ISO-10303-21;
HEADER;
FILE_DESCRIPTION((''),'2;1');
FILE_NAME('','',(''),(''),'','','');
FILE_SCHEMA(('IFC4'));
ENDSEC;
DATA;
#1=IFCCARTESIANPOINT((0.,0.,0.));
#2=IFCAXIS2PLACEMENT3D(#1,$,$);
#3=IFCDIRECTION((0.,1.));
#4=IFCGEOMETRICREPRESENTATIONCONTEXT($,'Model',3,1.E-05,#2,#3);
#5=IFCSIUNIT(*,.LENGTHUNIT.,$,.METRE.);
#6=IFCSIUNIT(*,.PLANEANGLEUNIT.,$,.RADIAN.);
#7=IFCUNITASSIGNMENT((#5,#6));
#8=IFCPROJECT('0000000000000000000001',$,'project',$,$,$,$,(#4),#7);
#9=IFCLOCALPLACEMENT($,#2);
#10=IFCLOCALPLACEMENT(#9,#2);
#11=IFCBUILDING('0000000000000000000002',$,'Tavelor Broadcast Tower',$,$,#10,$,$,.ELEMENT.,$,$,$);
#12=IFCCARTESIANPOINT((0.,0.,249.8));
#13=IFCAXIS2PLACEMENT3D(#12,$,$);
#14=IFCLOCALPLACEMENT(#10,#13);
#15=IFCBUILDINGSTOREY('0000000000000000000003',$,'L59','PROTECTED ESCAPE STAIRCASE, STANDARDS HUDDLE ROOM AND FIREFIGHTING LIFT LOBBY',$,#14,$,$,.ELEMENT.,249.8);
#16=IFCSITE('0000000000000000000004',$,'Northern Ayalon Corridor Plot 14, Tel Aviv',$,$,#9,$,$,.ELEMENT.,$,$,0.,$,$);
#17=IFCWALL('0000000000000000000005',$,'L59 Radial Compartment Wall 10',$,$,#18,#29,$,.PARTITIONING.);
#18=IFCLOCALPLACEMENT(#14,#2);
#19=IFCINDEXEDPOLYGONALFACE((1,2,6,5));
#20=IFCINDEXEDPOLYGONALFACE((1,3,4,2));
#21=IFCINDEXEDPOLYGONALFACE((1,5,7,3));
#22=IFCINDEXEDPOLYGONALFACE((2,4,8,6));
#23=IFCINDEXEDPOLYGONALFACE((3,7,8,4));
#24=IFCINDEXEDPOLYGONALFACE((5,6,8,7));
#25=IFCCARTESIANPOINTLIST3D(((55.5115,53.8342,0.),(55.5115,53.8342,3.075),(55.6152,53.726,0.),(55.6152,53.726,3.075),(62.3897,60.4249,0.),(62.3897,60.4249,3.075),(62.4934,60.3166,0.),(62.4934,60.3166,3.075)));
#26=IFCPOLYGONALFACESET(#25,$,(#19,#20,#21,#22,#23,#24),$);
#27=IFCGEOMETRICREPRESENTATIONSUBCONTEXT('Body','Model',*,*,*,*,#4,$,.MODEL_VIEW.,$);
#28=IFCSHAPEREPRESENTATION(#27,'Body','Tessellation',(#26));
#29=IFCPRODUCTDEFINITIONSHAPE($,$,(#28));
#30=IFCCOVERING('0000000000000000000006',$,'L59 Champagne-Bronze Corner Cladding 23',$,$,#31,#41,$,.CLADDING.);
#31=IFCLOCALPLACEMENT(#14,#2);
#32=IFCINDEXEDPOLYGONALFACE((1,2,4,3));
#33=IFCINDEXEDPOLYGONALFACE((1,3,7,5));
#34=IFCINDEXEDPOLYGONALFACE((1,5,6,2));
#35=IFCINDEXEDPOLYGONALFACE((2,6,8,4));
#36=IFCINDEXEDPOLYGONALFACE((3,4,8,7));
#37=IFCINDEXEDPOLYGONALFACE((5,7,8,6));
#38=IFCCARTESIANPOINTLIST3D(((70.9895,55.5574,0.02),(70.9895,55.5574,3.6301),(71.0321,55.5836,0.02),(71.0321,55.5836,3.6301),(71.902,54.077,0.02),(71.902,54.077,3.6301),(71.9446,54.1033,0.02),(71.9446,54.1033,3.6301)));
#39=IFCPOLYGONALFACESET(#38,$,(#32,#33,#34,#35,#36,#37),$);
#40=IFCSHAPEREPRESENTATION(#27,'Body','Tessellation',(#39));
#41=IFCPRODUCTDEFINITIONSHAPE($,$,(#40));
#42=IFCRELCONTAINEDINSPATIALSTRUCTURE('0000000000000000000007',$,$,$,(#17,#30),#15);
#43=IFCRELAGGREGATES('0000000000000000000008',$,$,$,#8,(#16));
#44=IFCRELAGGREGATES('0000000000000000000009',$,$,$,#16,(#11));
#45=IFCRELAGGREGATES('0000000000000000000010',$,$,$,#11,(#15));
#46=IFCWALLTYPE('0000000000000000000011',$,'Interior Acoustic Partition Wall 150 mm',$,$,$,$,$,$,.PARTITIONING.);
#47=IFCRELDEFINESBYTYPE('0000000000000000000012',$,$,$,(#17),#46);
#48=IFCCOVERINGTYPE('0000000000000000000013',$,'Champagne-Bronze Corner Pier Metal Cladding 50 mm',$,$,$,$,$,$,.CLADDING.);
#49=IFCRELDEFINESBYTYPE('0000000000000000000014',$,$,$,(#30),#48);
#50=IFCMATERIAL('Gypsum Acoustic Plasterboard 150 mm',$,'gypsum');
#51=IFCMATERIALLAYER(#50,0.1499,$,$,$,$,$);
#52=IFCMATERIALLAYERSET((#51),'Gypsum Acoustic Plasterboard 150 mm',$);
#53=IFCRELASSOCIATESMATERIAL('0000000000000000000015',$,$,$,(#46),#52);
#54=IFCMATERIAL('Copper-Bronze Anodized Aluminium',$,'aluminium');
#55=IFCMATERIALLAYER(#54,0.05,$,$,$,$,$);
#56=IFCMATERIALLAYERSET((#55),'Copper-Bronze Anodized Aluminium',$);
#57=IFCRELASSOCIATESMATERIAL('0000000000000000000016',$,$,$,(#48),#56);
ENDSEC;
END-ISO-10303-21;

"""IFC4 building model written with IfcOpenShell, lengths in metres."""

from ifc_helpers import new_model, si_unit, direction, frame, frame_2d, origin, origin_2d, place, context, subcontext, project, spatial, rectangle, extrude, material, layer, layer_set, type_object, element, save


model = new_model("IFC4")

# Units and contexts
model_context = context("Model", 3, precision=1e-05, world=origin(), true_north=direction((0.0, 1.0)))
body_context = subcontext(model_context, "Body", "Model", "MODEL_VIEW")
ifc_project = project(units=[si_unit("LENGTHUNIT", "METRE"), si_unit("PLANEANGLEUNIT", "RADIAN")], contexts=[model_context])

# Site, building, storey
site_placement = place(None, origin())
site = spatial("IfcSite", under=ifc_project, at=site_placement, Name="Northern Ayalon Corridor Plot 14, Tel Aviv", CompositionType="ELEMENT", RefElevation=0.0)
building_placement = place(site_placement, origin())
building = spatial("IfcBuilding", under=site, at=building_placement, Name="Tavelor Broadcast Tower", CompositionType="ELEMENT")
storey_placement = place(building_placement, frame((0.0, 0.0, 249.8)))
storey = spatial("IfcBuildingStorey", under=building, at=storey_placement, Name="L59", Description="PROTECTED ESCAPE STAIRCASE, STANDARDS HUDDLE ROOM AND FIREFIGHTING LIFT LOBBY", CompositionType="ELEMENT", Elevation=249.8)

# Wall
ifc_material_1 = material(Name="Gypsum Acoustic Plasterboard 150 mm", Category="gypsum")
ifc_layer_1 = layer(ifc_material_1, 0.1499)
ifc_layer_set_1 = layer_set([ifc_layer_1], Name="Gypsum Acoustic Plasterboard 150 mm")
wall_type_1 = type_object("IfcWallType", Name="Interior Acoustic Partition Wall 150 mm", PredefinedType="PARTITIONING", material=ifc_layer_set_1)
wall_1_placement = place(storey_placement, frame((55.5632, 53.78, 0.0), z_axis=(0.0, 0.0, 1.0), x_axis=(0.722041, 0.69185, 0.0)))
element("IfcWall", 1, at=wall_1_placement, inside=storey, type_object=wall_type_1, Name="L59 Radial Compartment Wall 10", PredefinedType="PARTITIONING", context=body_context, shape_type="SweptSolid", body=[
    extrude(rectangle(XDim=9.5261, YDim=0.1499, at=frame_2d((4.7632, 0.0))), origin(), (0.0, 0.0, 1.0), 3.075),
])

# Covering
ifc_material_2 = material(Name="Copper-Bronze Anodized Aluminium", Category="aluminium")
ifc_layer_2 = layer(ifc_material_2, 0.05)
ifc_layer_set_2 = layer_set([ifc_layer_2], Name="Copper-Bronze Anodized Aluminium")
covering_type = type_object("IfcCoveringType", Name="Champagne-Bronze Corner Pier Metal Cladding 50 mm", PredefinedType="CLADDING", material=ifc_layer_set_2)
covering_placement = place(storey_placement, frame((71.467, 54.8303, 0.02), z_axis=(0.0, 0.0, 1.0), x_axis=(-0.524729, 0.851269, 0.0)))
element("IfcCovering", 2, at=covering_placement, inside=storey, type_object=covering_type, Name="L59 Champagne-Bronze Corner Cladding 23", PredefinedType="CLADDING", context=body_context, shape_type="SweptSolid", body=[
    extrude(rectangle(XDim=1.739, YDim=0.05, at=origin_2d()), origin(), (0.0, 0.0, 1.0), 3.6101),
])

save(model, "model.ifc")
